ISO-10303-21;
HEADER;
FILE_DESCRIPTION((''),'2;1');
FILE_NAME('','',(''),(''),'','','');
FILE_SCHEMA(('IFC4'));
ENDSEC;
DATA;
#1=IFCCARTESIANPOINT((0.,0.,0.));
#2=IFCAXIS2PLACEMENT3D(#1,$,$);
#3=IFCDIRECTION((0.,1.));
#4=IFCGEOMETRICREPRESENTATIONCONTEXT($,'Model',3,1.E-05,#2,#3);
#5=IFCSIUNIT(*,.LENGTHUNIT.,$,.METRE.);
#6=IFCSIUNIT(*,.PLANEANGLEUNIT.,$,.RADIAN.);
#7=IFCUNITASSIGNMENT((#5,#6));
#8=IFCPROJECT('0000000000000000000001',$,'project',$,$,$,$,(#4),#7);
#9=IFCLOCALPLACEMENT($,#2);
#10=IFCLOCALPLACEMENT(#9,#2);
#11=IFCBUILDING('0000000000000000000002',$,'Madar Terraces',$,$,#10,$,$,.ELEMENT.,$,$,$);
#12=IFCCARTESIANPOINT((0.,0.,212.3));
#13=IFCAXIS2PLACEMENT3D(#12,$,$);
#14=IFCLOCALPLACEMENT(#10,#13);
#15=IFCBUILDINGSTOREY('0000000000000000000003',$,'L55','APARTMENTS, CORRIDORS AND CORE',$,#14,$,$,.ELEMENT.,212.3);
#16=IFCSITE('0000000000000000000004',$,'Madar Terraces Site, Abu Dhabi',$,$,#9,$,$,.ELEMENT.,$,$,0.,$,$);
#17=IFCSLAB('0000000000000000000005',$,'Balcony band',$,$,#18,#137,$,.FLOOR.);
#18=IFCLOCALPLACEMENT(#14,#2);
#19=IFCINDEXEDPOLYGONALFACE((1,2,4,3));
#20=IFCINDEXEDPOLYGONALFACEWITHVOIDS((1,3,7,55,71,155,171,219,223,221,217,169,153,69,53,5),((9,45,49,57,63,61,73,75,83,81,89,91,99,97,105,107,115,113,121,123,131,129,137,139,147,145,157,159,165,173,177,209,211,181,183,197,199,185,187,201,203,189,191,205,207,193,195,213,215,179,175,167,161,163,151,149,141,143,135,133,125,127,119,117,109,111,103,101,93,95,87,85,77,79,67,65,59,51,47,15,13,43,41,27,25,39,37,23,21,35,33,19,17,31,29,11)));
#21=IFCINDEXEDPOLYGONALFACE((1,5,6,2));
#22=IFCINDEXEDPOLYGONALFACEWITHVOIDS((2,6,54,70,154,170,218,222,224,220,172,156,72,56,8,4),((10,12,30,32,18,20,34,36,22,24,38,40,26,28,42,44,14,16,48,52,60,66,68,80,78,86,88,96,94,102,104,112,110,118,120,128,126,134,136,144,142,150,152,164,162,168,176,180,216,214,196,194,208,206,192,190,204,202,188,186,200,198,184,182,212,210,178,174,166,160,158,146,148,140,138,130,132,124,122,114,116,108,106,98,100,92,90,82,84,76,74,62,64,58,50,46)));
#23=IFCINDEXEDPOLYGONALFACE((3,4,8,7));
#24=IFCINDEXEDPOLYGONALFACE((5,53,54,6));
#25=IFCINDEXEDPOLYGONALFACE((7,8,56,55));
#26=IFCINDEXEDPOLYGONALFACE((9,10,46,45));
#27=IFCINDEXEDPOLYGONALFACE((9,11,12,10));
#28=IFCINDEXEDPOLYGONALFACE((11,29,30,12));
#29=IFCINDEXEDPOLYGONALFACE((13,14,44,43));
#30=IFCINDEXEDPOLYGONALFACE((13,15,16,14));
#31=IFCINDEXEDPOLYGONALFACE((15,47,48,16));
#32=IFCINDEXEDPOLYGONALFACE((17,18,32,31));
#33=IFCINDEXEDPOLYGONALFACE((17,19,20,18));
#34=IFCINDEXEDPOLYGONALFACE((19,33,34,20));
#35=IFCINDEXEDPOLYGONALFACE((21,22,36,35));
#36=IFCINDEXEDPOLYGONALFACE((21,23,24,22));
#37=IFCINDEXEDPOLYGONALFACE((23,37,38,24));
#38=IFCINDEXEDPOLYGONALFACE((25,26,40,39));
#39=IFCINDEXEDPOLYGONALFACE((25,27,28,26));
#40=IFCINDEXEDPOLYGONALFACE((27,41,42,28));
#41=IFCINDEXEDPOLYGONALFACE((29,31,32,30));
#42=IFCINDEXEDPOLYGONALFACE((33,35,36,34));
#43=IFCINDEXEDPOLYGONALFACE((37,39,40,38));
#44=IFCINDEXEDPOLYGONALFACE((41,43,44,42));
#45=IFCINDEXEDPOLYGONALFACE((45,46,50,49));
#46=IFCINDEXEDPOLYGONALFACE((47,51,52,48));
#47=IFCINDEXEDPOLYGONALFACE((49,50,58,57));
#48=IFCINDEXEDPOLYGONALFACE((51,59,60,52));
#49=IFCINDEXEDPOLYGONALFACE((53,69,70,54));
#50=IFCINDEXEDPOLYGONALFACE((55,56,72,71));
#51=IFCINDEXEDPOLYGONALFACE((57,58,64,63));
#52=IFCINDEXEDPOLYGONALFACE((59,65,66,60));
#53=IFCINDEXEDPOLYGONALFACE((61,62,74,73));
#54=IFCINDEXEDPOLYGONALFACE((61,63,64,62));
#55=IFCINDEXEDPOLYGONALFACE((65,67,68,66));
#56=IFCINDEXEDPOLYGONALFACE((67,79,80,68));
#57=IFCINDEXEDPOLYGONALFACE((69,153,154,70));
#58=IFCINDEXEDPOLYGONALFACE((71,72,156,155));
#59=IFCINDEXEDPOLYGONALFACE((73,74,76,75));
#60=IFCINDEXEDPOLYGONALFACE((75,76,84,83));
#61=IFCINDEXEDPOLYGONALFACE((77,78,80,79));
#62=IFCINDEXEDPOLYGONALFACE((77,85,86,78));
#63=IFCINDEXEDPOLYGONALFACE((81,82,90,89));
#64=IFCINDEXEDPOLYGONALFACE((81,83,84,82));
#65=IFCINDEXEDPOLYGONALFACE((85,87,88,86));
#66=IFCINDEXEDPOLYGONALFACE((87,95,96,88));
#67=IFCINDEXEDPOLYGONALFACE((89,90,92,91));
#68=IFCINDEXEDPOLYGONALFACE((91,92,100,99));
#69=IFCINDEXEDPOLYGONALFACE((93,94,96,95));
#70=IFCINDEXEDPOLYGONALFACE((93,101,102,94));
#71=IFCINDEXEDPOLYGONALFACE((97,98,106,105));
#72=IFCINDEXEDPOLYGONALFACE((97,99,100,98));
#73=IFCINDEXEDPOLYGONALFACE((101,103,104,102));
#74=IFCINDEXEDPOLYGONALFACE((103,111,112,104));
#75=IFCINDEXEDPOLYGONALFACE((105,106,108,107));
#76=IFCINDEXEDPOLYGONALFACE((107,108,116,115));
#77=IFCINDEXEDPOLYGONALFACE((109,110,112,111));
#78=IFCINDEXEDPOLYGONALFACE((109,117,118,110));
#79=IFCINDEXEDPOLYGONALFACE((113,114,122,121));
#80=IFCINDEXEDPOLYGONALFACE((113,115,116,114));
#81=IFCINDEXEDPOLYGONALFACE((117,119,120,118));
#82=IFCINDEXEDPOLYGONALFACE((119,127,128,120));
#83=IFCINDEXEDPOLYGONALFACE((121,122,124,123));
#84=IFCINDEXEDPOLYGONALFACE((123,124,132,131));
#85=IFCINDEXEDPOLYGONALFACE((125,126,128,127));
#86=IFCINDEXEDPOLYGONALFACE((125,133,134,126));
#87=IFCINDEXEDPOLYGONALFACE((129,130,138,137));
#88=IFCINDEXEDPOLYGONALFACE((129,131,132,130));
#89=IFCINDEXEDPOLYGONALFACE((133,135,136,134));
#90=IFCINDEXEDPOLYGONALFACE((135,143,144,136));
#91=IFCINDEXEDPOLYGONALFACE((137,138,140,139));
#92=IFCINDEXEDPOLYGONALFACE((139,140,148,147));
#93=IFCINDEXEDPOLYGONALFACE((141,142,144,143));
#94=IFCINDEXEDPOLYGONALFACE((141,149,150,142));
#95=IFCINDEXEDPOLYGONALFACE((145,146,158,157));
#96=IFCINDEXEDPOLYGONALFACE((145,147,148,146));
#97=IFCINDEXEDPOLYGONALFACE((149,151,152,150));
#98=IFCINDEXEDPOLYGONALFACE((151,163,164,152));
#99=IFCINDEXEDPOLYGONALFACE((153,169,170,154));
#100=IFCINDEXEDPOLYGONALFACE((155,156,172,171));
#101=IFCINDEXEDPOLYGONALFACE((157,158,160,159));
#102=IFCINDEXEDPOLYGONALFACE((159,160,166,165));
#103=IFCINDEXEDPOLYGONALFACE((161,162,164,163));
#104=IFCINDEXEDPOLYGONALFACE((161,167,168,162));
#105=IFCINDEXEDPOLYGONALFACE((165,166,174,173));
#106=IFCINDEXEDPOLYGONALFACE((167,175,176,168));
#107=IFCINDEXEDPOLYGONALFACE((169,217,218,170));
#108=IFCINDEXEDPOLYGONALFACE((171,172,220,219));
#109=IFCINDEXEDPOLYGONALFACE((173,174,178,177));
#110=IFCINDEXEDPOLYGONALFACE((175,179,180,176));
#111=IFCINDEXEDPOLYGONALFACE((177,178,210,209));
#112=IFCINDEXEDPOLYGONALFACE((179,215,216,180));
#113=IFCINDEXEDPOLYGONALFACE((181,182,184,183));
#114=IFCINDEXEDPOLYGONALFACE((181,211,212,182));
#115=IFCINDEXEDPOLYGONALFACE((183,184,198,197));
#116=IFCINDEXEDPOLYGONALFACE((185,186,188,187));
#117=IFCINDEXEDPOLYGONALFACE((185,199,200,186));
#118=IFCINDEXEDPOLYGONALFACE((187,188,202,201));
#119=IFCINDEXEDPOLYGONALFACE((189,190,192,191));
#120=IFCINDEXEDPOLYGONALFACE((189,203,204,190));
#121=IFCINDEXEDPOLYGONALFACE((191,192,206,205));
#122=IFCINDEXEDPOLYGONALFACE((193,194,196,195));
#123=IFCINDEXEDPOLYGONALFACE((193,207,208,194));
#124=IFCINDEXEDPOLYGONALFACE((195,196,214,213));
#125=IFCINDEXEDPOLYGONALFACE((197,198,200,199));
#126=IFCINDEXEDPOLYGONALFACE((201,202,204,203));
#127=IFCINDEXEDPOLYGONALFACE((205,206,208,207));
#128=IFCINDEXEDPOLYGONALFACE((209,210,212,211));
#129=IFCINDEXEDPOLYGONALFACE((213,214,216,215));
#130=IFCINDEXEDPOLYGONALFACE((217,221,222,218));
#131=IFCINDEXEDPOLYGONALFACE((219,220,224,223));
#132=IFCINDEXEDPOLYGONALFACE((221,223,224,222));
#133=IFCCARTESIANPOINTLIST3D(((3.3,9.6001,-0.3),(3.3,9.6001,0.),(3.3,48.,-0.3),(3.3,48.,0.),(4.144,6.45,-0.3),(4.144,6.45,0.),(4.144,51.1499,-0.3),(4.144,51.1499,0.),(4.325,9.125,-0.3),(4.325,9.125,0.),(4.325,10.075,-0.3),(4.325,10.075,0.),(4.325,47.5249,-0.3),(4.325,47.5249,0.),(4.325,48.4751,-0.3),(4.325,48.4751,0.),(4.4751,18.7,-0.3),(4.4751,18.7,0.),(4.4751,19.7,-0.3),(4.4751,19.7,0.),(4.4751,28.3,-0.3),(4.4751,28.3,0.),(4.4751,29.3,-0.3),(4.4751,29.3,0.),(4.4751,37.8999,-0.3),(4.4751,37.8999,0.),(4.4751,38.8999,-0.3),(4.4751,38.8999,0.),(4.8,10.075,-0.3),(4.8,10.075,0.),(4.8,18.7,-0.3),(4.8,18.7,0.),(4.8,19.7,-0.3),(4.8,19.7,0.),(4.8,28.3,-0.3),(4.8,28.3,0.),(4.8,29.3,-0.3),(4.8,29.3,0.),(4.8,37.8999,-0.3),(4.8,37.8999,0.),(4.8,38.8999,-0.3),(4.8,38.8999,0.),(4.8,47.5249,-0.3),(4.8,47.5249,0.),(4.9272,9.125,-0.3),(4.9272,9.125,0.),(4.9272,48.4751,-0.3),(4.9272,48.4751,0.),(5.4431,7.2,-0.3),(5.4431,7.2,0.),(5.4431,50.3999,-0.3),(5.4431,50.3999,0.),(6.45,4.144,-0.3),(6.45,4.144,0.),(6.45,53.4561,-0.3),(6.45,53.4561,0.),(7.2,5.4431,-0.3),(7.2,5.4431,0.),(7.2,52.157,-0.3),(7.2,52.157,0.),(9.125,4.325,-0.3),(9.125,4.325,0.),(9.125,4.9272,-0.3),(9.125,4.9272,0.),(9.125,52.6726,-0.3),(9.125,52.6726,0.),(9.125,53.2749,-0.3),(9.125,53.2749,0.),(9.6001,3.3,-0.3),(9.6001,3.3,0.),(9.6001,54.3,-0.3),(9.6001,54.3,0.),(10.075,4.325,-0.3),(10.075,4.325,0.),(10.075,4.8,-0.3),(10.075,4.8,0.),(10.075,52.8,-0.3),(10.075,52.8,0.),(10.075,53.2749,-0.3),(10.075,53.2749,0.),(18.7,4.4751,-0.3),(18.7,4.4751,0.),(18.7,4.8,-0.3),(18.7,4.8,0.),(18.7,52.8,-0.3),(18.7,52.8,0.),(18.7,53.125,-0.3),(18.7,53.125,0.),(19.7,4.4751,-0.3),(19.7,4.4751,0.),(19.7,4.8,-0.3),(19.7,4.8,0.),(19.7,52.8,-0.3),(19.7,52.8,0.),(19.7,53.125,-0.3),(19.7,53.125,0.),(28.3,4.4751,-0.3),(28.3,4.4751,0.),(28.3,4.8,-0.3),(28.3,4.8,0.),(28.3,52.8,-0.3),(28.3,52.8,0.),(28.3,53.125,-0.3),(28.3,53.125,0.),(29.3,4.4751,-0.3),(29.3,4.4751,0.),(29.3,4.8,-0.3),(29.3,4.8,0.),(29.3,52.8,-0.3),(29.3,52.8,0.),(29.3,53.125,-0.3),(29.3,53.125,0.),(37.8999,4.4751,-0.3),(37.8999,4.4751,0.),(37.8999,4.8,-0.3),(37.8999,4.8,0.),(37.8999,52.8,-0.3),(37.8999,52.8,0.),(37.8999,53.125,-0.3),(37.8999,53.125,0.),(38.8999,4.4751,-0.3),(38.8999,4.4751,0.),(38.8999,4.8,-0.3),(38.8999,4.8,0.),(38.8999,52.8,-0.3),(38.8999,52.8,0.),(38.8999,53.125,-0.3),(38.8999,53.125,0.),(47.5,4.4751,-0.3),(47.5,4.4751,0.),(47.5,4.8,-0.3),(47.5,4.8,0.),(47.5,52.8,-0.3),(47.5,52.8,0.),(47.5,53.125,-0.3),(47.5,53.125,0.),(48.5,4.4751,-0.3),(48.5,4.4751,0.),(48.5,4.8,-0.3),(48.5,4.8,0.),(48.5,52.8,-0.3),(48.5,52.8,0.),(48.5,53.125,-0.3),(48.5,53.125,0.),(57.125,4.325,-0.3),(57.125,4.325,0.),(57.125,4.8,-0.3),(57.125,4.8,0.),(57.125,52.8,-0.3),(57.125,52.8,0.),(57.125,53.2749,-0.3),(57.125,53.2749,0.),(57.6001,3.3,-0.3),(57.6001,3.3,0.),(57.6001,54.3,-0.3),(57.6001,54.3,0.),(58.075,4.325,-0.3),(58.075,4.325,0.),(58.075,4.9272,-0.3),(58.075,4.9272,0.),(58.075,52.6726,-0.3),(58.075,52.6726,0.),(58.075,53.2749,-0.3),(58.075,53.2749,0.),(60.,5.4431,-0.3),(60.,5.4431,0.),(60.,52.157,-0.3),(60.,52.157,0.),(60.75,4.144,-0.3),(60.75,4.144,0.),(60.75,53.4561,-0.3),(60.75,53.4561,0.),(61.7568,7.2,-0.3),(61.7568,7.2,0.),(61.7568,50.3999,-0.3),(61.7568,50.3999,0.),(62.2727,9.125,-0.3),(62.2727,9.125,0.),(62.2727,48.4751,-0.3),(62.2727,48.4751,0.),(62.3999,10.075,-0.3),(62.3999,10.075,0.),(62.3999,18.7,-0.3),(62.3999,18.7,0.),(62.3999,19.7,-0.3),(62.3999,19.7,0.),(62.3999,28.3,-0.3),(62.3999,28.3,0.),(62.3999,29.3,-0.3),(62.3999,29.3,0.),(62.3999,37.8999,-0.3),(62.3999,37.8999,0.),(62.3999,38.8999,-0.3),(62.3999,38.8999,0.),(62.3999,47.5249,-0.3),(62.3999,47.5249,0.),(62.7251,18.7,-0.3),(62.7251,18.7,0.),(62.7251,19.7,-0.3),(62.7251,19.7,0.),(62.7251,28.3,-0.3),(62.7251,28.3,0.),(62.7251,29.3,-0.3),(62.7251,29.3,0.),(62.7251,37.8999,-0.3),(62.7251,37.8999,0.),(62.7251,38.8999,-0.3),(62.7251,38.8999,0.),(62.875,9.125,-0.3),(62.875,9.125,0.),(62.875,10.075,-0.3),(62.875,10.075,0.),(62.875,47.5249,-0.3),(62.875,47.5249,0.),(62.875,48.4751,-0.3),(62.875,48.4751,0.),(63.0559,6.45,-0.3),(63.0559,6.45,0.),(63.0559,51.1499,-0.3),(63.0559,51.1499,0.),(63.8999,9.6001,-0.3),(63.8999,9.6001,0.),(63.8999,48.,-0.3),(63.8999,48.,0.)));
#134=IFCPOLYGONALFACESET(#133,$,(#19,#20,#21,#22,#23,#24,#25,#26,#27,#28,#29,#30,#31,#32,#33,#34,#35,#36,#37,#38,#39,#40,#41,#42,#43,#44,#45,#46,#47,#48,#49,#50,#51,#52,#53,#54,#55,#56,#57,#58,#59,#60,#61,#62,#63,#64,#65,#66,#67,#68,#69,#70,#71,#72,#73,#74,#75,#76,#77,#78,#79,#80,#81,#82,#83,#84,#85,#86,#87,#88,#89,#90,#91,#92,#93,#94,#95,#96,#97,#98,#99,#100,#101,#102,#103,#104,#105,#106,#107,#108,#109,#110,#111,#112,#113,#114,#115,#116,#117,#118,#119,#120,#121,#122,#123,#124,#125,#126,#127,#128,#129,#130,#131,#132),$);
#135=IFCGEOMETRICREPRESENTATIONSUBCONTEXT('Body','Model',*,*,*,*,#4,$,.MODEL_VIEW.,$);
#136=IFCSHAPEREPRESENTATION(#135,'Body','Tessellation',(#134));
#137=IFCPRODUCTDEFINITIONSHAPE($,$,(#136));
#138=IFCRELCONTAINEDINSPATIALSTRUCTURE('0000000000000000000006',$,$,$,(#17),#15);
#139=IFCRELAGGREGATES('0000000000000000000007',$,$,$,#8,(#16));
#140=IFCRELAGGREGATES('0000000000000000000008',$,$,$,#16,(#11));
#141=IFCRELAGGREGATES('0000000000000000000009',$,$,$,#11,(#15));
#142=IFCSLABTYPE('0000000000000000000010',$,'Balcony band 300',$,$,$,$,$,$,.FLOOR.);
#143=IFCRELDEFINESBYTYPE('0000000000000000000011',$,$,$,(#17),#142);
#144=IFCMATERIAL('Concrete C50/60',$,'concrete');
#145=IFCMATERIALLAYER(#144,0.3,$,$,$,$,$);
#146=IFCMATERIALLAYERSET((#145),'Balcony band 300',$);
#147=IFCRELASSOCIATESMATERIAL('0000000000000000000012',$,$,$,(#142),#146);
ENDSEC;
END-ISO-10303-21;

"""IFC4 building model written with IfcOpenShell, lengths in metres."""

from ifc_helpers import new_model, si_unit, direction, frame, origin, place, context, subcontext, project, spatial, polyline, outline, extrude, material, layer, layer_set, type_object, element, save


model = new_model("IFC4")

# Units and contexts
model_context = context("Model", 3, precision=1e-05, world=origin(), true_north=direction((0.0, 1.0)))
body_context = subcontext(model_context, "Body", "Model", "MODEL_VIEW")
ifc_project = project(units=[si_unit("LENGTHUNIT", "METRE"), si_unit("PLANEANGLEUNIT", "RADIAN")], contexts=[model_context])

# Site, building, storey
site_placement = place(None, origin())
site = spatial("IfcSite", under=ifc_project, at=site_placement, Name="Madar Terraces Site, Abu Dhabi", CompositionType="ELEMENT", RefElevation=0.0)
building_placement = place(site_placement, origin())
building = spatial("IfcBuilding", under=site, at=building_placement, Name="Madar Terraces", CompositionType="ELEMENT")
storey_placement = place(building_placement, frame((0.0, 0.0, 212.3)))
storey = spatial("IfcBuildingStorey", under=building, at=storey_placement, Name="L55", Description="APARTMENTS, CORRIDORS AND CORE", CompositionType="ELEMENT", Elevation=212.3)

# Slab
ifc_material_1 = material(Name="Concrete C50/60", Category="concrete")
ifc_layer_1 = layer(ifc_material_1, 0.3)
ifc_layer_set_1 = layer_set([ifc_layer_1], Name="Balcony band 300")
slab_type_1 = type_object("IfcSlabType", Name="Balcony band 300", PredefinedType="FLOOR", material=ifc_layer_set_1)
slab_1_placement = place(storey_placement, frame((0.0, 0.0, -0.3)))
element("IfcSlab", 1, at=slab_1_placement, inside=storey, type_object=slab_type_1, Name="Balcony band", PredefinedType="FLOOR", context=body_context, shape_type="SweptSolid", body=[
    extrude(outline(polyline([(9.6001, 3.3), (6.45, 4.144), (4.144, 6.45), (3.3, 9.6001), (3.3, 48.0), (4.144, 51.1499), (6.45, 53.4561), (9.6001, 54.3), (57.6001, 54.3), (60.75, 53.4561), (63.0559, 51.1499), (63.8999, 48.0), (63.8999, 9.6001), (63.0559, 6.45), (60.75, 4.144), (57.6001, 3.3), (9.6001, 3.3)]), holes=[polyline([(10.075, 4.325), (10.075, 4.8), (18.7, 4.8), (18.7, 4.4751), (19.7, 4.4751), (19.7, 4.8), (28.3, 4.8), (28.3, 4.4751), (29.3, 4.4751), (29.3, 4.8), (37.8999, 4.8), (37.8999, 4.4751), (38.8999, 4.4751), (38.8999, 4.8), (47.5, 4.8), (47.5, 4.4751), (48.5, 4.4751), (48.5, 4.8), (57.125, 4.8), (57.125, 4.325), (58.075, 4.325), (58.075, 4.9272), (60.0, 5.4431), (61.7568, 7.2), (62.2727, 9.125), (62.875, 9.125), (62.875, 10.075), (62.3999, 10.075), (62.3999, 18.7), (62.7251, 18.7), (62.7251, 19.7), (62.3999, 19.7), (62.3999, 28.3), (62.7251, 28.3), (62.7251, 29.3), (62.3999, 29.3), (62.3999, 37.8999), (62.7251, 37.8999), (62.7251, 38.8999), (62.3999, 38.8999), (62.3999, 47.5249), (62.875, 47.5249), (62.875, 48.4751), (62.2727, 48.4751), (61.7568, 50.3999), (60.0, 52.157), (58.075, 52.6726), (58.075, 53.2749), (57.125, 53.2749), (57.125, 52.8), (48.5, 52.8), (48.5, 53.125), (47.5, 53.125), (47.5, 52.8), (38.8999, 52.8), (38.8999, 53.125), (37.8999, 53.125), (37.8999, 52.8), (29.3, 52.8), (29.3, 53.125), (28.3, 53.125), (28.3, 52.8), (19.7, 52.8), (19.7, 53.125), (18.7, 53.125), (18.7, 52.8), (10.075, 52.8), (10.075, 53.2749), (9.125, 53.2749), (9.125, 52.6726), (7.2, 52.157), (5.4431, 50.3999), (4.9272, 48.4751), (4.325, 48.4751), (4.325, 47.5249), (4.8, 47.5249), (4.8, 38.8999), (4.4751, 38.8999), (4.4751, 37.8999), (4.8, 37.8999), (4.8, 29.3), (4.4751, 29.3), (4.4751, 28.3), (4.8, 28.3), (4.8, 19.7), (4.4751, 19.7), (4.4751, 18.7), (4.8, 18.7), (4.8, 10.075), (4.325, 10.075), (4.325, 9.125), (4.9272, 9.125), (5.4431, 7.2), (7.2, 5.4431), (9.125, 4.9272), (9.125, 4.325), (10.075, 4.325)])]), origin(), (0.0, 0.0, 1.0), 0.3),
])

save(model, "model.ifc")
